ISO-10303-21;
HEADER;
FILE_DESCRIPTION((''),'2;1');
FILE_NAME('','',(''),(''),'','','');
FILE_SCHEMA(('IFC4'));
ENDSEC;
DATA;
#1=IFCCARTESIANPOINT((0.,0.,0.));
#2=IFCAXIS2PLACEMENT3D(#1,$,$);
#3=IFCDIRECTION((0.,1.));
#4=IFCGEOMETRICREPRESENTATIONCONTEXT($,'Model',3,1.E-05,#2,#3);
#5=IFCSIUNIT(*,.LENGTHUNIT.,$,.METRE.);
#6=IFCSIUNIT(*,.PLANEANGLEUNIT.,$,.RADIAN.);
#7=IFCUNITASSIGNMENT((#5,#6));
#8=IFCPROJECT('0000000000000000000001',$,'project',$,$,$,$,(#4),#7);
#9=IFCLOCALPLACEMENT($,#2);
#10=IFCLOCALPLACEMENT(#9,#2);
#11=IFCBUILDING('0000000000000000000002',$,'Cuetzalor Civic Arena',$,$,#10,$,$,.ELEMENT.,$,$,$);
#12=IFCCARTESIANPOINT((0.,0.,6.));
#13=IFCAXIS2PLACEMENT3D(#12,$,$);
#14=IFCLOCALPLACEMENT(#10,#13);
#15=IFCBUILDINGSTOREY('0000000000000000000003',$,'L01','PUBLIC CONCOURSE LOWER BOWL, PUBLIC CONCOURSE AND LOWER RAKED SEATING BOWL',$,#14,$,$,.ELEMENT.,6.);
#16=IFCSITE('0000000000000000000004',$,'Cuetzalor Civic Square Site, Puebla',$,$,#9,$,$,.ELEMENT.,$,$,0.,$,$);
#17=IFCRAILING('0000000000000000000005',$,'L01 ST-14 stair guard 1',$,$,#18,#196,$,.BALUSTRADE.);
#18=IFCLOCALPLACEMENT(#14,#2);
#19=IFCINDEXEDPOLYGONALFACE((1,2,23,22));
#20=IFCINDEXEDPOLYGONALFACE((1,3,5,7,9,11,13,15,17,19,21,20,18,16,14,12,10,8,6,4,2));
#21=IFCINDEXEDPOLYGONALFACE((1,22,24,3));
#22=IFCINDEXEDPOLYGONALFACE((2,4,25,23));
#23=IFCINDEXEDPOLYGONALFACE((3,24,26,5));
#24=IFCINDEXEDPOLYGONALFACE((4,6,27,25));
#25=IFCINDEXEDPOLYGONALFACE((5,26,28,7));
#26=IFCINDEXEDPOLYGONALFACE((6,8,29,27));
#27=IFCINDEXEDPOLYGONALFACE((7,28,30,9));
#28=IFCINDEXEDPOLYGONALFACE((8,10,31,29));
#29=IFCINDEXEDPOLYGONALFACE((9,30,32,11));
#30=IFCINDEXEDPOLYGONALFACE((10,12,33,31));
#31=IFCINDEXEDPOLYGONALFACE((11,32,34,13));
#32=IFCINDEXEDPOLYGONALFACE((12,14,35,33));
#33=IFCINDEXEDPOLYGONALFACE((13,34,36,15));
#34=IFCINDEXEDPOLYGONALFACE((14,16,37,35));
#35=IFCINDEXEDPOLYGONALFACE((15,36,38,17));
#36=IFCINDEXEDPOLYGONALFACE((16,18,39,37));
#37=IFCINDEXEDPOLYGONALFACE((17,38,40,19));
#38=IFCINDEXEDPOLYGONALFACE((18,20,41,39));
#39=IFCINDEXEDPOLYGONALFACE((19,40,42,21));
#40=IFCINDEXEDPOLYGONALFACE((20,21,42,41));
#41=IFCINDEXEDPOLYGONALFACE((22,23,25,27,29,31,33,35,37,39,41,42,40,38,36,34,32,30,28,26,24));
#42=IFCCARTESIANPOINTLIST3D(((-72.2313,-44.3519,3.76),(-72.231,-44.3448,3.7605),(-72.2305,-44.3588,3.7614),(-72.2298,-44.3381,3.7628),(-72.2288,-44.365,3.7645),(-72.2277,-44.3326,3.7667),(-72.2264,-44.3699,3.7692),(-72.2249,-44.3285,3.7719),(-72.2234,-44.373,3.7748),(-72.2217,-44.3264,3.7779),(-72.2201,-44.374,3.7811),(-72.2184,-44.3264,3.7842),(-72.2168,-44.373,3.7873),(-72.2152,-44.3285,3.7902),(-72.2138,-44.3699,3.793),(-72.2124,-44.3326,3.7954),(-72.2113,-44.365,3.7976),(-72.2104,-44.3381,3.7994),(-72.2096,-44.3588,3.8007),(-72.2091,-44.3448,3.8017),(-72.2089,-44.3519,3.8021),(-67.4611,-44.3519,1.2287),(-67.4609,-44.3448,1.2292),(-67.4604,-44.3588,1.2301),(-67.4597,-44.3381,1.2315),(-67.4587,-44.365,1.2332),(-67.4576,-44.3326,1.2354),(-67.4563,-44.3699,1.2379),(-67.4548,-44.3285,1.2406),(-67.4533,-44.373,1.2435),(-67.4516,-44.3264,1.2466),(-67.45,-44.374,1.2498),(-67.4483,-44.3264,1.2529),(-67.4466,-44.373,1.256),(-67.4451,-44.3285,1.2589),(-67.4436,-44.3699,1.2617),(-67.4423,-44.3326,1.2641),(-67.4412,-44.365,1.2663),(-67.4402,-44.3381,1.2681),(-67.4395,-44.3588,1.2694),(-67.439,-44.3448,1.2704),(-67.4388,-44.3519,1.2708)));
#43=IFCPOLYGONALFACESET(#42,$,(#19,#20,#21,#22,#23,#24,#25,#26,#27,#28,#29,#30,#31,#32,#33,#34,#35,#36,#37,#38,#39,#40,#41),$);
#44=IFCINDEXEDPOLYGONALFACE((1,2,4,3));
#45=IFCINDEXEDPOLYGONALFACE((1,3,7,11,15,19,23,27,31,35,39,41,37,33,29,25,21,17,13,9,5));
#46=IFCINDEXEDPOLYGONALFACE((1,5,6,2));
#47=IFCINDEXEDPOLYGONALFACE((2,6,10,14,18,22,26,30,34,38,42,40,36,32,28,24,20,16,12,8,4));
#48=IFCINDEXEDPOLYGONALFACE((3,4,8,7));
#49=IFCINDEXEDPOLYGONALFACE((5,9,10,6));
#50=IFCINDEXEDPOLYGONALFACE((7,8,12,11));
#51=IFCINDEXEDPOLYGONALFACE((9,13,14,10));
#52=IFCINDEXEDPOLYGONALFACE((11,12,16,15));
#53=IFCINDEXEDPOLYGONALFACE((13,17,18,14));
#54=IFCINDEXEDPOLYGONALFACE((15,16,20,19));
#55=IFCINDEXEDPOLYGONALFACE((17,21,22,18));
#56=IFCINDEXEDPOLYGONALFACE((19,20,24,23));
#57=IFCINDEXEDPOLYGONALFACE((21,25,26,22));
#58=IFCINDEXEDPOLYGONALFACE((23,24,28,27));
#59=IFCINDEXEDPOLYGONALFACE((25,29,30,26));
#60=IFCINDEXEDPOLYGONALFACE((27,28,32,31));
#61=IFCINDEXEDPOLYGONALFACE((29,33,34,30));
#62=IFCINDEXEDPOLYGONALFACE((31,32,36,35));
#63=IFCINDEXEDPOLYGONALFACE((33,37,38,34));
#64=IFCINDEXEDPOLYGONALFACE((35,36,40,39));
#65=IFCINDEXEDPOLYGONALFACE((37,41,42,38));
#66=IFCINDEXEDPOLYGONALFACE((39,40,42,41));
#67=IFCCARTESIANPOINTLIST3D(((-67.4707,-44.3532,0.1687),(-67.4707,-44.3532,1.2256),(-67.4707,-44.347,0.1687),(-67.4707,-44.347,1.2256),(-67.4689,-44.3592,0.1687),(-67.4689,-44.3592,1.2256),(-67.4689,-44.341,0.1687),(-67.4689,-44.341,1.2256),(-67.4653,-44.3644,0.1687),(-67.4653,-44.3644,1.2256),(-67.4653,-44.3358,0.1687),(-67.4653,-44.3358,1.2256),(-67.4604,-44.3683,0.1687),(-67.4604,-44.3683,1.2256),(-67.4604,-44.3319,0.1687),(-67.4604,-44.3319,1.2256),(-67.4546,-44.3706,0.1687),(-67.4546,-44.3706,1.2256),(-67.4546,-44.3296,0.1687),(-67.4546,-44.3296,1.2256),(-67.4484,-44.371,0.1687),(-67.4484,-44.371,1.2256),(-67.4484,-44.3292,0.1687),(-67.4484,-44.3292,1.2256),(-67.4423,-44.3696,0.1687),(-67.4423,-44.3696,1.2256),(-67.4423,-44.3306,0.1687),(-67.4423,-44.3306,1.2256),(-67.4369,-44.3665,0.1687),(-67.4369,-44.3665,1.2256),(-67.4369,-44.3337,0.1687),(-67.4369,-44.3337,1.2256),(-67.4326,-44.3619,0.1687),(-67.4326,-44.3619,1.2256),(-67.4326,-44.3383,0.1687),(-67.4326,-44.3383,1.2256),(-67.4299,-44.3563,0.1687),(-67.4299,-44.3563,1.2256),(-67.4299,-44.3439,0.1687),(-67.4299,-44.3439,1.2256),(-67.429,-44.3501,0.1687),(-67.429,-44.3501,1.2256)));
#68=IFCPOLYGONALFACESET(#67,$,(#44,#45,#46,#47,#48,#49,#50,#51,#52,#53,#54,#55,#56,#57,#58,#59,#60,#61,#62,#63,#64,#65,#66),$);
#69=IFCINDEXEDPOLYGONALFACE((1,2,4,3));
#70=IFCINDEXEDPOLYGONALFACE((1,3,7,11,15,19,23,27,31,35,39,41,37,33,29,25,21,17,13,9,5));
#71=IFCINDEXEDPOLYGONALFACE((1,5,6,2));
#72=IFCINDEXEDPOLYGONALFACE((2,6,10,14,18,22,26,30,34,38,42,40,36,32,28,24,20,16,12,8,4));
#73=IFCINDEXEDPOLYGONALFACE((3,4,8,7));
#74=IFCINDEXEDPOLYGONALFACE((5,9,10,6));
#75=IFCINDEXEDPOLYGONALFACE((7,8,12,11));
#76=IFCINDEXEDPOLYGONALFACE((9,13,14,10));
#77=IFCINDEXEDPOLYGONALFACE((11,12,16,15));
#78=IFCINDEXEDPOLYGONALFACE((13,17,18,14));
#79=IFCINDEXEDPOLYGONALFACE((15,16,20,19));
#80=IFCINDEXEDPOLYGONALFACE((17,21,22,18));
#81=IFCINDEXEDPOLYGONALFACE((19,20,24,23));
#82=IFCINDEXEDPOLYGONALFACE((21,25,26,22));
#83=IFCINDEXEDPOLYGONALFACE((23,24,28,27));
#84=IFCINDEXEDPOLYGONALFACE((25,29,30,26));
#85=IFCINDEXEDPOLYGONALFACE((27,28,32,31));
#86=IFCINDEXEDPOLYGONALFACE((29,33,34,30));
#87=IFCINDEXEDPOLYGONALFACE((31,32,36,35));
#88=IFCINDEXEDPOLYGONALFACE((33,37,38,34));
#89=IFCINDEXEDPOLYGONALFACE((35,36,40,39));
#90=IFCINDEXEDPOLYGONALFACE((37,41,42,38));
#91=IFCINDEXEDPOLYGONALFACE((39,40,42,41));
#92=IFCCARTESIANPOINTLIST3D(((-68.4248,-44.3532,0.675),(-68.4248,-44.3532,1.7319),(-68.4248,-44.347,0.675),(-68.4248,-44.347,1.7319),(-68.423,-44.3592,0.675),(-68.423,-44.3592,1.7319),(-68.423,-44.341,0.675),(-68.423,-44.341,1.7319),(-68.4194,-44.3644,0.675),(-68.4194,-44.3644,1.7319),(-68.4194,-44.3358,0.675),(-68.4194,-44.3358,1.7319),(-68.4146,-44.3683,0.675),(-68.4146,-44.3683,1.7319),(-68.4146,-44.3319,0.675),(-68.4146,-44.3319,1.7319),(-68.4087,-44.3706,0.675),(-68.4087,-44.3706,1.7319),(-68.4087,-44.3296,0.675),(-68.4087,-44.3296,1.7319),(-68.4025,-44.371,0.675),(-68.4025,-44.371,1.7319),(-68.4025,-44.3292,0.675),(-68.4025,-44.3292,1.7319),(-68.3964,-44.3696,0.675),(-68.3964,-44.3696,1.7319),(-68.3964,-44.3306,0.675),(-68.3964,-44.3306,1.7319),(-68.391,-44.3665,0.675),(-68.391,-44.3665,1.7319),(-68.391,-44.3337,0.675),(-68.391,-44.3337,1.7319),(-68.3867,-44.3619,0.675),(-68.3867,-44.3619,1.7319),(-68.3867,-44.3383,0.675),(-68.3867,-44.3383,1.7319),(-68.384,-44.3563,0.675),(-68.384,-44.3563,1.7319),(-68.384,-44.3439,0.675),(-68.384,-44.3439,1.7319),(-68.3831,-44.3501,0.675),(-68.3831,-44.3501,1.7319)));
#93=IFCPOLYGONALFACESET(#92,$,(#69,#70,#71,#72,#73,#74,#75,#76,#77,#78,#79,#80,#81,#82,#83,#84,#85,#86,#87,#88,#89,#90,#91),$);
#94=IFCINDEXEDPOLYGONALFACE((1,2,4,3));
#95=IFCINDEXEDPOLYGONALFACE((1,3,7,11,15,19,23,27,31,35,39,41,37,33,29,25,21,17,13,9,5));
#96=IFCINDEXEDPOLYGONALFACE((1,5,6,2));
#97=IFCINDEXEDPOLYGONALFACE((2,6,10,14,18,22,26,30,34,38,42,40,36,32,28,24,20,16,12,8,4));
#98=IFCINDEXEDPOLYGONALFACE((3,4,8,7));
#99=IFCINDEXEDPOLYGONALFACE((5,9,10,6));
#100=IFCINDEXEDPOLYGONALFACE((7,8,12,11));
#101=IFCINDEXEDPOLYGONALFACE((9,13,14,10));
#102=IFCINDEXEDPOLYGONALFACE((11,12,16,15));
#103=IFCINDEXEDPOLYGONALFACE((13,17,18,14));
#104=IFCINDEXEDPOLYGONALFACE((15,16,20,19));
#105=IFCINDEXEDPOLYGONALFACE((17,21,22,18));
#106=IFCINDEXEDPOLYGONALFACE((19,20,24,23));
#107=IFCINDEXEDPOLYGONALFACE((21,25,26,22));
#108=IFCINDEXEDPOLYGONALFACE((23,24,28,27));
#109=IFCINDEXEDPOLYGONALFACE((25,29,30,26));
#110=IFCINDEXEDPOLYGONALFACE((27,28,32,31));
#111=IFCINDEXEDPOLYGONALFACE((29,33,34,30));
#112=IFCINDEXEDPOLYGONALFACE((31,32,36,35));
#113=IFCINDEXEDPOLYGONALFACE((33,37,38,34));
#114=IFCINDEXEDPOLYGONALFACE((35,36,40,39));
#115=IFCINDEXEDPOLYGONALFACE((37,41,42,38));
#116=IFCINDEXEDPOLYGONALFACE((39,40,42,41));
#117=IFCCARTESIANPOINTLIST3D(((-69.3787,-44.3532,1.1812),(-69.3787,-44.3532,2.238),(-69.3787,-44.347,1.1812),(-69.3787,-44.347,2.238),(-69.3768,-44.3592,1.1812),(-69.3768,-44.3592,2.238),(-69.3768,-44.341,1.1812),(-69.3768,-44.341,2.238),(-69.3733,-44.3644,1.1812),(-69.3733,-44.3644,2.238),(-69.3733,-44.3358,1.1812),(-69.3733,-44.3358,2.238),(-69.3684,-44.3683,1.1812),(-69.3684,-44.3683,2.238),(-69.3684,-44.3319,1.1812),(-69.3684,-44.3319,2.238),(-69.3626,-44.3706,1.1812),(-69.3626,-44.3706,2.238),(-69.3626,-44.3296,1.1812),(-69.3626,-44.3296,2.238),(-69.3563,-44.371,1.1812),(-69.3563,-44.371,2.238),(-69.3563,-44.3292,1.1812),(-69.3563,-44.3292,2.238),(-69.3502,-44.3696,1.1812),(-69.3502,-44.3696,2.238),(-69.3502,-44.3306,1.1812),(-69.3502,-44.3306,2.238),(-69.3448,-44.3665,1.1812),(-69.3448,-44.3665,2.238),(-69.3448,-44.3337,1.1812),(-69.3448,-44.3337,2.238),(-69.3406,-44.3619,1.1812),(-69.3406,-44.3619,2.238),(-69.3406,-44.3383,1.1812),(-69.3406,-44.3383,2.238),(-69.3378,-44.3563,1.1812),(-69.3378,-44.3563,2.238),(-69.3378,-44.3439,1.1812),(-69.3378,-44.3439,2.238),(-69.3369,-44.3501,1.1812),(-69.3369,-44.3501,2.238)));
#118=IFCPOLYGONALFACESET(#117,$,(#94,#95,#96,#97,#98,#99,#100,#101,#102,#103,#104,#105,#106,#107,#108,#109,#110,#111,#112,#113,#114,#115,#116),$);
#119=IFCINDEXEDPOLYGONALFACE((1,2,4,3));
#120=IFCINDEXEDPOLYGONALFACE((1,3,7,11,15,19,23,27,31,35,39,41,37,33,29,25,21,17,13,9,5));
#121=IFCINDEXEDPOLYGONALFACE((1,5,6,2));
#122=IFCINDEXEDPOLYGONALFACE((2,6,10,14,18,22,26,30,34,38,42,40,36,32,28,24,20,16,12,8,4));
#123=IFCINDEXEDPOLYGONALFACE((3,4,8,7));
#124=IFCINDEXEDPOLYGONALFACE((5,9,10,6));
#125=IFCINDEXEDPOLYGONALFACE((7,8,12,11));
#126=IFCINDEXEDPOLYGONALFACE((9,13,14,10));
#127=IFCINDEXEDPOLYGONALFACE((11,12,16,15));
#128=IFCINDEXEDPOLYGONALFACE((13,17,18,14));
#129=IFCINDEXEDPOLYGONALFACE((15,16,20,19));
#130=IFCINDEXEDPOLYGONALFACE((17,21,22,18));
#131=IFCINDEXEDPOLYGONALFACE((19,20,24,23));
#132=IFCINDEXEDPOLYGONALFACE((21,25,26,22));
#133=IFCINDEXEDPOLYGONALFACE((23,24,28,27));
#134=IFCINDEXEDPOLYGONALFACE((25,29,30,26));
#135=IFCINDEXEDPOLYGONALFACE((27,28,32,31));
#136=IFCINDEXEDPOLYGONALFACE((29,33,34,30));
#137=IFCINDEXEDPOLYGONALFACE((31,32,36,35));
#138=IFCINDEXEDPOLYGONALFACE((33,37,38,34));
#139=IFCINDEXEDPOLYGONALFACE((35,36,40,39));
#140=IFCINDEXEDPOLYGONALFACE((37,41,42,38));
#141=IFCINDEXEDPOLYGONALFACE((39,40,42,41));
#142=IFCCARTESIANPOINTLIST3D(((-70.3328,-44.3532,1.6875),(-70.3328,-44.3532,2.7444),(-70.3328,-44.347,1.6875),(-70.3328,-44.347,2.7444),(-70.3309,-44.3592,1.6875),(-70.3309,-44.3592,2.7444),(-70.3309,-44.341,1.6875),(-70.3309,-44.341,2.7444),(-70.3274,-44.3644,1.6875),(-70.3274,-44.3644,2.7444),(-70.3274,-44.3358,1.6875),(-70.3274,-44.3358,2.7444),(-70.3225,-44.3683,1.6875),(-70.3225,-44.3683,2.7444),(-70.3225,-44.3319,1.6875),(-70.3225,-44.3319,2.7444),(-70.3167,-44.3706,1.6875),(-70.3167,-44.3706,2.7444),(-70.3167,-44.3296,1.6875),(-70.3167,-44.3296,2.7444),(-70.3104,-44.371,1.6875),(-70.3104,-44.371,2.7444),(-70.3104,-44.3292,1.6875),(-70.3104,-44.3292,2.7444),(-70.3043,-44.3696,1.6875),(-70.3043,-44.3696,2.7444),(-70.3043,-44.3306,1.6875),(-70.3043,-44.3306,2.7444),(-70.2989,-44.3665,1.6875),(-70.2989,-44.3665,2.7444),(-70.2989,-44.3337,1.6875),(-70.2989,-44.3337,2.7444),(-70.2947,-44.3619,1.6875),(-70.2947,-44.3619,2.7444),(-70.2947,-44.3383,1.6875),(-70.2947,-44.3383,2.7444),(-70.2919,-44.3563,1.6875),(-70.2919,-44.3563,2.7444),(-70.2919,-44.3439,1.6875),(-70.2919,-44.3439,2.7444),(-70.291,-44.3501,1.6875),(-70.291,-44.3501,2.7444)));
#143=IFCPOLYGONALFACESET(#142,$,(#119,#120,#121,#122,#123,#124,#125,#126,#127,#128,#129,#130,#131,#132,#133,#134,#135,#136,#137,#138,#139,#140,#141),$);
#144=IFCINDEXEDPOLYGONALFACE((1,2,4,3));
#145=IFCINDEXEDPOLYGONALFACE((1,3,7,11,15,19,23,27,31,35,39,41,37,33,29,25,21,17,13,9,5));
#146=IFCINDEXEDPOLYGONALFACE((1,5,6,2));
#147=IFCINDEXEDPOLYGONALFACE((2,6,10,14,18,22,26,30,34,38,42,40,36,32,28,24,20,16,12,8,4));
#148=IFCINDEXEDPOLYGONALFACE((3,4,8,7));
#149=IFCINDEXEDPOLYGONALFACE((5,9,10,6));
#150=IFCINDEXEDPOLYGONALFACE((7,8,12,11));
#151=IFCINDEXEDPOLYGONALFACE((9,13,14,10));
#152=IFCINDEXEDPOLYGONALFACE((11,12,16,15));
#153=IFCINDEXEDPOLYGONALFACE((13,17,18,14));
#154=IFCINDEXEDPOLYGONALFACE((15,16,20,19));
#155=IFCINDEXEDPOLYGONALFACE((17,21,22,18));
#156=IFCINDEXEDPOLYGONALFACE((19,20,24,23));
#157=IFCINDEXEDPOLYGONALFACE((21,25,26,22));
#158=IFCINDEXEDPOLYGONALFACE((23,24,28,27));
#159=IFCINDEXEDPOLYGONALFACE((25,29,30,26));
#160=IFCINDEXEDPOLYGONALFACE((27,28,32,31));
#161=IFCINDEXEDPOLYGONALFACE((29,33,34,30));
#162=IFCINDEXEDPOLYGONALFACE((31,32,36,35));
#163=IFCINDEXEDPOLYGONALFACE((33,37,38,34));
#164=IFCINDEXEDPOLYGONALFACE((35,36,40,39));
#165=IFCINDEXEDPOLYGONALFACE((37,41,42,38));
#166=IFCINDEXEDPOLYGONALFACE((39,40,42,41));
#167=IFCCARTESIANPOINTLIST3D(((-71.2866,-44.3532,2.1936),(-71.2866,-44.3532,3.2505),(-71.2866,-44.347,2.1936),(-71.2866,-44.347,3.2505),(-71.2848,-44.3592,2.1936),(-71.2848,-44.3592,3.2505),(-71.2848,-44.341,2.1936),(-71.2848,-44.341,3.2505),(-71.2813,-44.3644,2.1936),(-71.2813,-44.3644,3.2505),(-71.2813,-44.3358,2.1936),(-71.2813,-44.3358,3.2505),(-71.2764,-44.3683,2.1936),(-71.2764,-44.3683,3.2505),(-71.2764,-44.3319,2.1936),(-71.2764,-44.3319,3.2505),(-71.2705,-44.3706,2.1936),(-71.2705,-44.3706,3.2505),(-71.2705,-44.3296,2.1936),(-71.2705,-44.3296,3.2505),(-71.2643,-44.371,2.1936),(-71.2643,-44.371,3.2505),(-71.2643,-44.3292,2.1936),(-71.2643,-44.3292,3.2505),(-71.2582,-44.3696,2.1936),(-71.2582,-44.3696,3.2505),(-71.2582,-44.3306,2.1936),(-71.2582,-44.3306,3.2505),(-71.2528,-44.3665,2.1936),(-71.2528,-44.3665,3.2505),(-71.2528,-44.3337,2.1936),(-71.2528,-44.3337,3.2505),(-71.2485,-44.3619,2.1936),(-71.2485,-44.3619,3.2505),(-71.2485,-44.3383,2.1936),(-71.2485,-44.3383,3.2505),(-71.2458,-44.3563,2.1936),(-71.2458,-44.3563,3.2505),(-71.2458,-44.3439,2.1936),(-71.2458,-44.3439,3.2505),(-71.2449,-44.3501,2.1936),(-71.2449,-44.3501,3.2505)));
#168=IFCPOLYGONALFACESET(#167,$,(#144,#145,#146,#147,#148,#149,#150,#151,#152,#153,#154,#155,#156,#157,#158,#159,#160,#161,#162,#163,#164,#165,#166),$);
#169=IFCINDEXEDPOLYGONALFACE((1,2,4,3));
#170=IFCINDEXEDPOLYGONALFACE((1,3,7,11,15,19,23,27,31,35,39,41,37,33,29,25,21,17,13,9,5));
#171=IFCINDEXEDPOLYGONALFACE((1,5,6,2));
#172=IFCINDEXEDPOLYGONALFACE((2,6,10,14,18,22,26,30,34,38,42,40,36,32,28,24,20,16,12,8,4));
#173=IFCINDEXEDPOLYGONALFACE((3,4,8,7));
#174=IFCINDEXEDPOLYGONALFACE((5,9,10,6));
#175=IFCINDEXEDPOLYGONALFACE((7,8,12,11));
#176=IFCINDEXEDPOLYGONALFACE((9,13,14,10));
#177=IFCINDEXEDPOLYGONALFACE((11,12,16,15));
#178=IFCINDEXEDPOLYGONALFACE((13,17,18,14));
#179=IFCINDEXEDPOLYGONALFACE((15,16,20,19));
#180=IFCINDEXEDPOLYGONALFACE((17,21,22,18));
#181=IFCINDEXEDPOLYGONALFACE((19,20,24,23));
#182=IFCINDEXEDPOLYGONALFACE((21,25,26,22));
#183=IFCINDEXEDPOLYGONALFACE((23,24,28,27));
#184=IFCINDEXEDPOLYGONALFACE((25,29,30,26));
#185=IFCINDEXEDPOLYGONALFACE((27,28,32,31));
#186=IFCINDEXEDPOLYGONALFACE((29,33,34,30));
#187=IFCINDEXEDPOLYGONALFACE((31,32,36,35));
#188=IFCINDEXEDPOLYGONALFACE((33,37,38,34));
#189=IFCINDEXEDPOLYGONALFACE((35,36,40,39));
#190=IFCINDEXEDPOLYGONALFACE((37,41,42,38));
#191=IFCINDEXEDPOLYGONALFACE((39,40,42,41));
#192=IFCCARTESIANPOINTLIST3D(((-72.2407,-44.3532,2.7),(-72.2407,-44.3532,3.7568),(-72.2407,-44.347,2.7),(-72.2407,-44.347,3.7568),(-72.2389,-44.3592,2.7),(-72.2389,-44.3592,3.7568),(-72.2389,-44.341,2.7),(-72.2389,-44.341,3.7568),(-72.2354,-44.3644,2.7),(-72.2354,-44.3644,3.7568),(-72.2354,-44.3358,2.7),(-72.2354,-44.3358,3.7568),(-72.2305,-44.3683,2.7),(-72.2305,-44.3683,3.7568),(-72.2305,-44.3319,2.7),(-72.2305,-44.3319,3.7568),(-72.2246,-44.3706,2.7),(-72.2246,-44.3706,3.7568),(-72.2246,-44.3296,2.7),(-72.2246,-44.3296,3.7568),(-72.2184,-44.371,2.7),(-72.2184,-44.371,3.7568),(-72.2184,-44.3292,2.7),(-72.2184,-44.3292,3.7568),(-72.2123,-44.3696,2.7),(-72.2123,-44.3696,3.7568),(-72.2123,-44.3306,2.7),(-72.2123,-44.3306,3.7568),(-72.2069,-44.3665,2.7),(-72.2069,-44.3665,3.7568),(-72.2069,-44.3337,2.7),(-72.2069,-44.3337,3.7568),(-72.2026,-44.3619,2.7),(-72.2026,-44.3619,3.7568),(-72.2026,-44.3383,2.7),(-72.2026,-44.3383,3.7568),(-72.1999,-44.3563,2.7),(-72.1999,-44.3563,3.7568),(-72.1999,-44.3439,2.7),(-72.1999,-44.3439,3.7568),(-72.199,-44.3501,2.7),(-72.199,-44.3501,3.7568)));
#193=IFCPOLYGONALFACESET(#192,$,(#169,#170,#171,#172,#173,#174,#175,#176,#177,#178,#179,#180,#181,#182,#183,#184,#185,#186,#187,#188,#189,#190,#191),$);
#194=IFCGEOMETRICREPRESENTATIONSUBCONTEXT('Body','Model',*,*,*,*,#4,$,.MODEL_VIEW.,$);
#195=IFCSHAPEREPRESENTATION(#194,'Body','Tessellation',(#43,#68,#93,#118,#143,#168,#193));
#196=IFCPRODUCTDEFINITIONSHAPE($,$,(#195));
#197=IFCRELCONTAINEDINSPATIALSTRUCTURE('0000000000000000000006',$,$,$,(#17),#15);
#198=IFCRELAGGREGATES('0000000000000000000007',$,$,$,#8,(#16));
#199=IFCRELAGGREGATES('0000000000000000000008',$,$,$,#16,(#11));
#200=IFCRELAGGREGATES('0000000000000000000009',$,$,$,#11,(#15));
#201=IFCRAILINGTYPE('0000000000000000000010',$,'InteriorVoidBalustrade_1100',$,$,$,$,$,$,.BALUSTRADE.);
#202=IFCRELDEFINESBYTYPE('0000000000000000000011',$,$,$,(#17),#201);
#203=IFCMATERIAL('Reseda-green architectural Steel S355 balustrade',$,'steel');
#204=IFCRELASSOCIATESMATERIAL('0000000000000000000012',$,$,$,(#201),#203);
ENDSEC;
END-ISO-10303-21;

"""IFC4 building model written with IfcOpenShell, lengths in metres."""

from ifc_helpers import new_model, si_unit, direction, frame, origin, origin_2d, place, context, subcontext, project, spatial, circle, extrude, material, type_object, element, save


model = new_model("IFC4")

# Units and contexts
model_context = context("Model", 3, precision=1e-05, world=origin(), true_north=direction((0.0, 1.0)))
body_context = subcontext(model_context, "Body", "Model", "MODEL_VIEW")
ifc_project = project(units=[si_unit("LENGTHUNIT", "METRE"), si_unit("PLANEANGLEUNIT", "RADIAN")], contexts=[model_context])

# Site, building, storey
site_placement = place(None, origin())
site = spatial("IfcSite", under=ifc_project, at=site_placement, Name="Cuetzalor Civic Square Site, Puebla", CompositionType="ELEMENT", RefElevation=0.0)
building_placement = place(site_placement, origin())
building = spatial("IfcBuilding", under=site, at=building_placement, Name="Cuetzalor Civic Arena", CompositionType="ELEMENT")
storey_placement = place(building_placement, frame((0.0, 0.0, 6.0)))
storey = spatial("IfcBuildingStorey", under=building, at=storey_placement, Name="L01", Description="PUBLIC CONCOURSE LOWER BOWL, PUBLIC CONCOURSE AND LOWER RAKED SEATING BOWL", CompositionType="ELEMENT", Elevation=6.0)

# Railing
ifc_material_1 = material(Name="Reseda-green architectural Steel S355 balustrade", Category="steel")
railing_type_1 = type_object("IfcRailingType", Name="InteriorVoidBalustrade_1100", PredefinedType="BALUSTRADE", material=ifc_material_1)
railing_1_placement = place(storey_placement, frame((-67.45, -44.3501, 0.1687)))
element("IfcRailing", 1, at=railing_1_placement, inside=storey, type_object=railing_type_1, Name="L01 ST-14 stair guard 1", PredefinedType="BALUSTRADE", context=body_context, shape_type="SweptSolid", body=[
    extrude(circle(Radius=0.0239, at=origin_2d()), frame((0.0, 0.0, 1.0811), z_axis=(-0.883332, 0.0, 0.468747), x_axis=(0.0, -1.0, 0.0)), (0.0, 0.0, 1.0), 5.4001),
    extrude(circle(Radius=0.021, at=origin_2d()), origin(), (0.0, 0.0, 1.0), 1.0569),
    extrude(circle(Radius=0.021, at=origin_2d()), frame((-0.9541, 0.0, 0.5063)), (0.0, 0.0, 1.0), 1.0569),
    extrude(circle(Radius=0.021, at=origin_2d()), frame((-1.908, 0.0, 1.0125)), (0.0, 0.0, 1.0), 1.0569),
    extrude(circle(Radius=0.021, at=origin_2d()), frame((-2.8621, 0.0, 1.5188)), (0.0, 0.0, 1.0), 1.0569),
    extrude(circle(Radius=0.021, at=origin_2d()), frame((-3.8159, 0.0, 2.0249)), (0.0, 0.0, 1.0), 1.0569),
    extrude(circle(Radius=0.021, at=origin_2d()), frame((-4.77, 0.0, 2.5312)), (0.0, 0.0, 1.0), 1.0569),
])

save(model, "model.ifc")
